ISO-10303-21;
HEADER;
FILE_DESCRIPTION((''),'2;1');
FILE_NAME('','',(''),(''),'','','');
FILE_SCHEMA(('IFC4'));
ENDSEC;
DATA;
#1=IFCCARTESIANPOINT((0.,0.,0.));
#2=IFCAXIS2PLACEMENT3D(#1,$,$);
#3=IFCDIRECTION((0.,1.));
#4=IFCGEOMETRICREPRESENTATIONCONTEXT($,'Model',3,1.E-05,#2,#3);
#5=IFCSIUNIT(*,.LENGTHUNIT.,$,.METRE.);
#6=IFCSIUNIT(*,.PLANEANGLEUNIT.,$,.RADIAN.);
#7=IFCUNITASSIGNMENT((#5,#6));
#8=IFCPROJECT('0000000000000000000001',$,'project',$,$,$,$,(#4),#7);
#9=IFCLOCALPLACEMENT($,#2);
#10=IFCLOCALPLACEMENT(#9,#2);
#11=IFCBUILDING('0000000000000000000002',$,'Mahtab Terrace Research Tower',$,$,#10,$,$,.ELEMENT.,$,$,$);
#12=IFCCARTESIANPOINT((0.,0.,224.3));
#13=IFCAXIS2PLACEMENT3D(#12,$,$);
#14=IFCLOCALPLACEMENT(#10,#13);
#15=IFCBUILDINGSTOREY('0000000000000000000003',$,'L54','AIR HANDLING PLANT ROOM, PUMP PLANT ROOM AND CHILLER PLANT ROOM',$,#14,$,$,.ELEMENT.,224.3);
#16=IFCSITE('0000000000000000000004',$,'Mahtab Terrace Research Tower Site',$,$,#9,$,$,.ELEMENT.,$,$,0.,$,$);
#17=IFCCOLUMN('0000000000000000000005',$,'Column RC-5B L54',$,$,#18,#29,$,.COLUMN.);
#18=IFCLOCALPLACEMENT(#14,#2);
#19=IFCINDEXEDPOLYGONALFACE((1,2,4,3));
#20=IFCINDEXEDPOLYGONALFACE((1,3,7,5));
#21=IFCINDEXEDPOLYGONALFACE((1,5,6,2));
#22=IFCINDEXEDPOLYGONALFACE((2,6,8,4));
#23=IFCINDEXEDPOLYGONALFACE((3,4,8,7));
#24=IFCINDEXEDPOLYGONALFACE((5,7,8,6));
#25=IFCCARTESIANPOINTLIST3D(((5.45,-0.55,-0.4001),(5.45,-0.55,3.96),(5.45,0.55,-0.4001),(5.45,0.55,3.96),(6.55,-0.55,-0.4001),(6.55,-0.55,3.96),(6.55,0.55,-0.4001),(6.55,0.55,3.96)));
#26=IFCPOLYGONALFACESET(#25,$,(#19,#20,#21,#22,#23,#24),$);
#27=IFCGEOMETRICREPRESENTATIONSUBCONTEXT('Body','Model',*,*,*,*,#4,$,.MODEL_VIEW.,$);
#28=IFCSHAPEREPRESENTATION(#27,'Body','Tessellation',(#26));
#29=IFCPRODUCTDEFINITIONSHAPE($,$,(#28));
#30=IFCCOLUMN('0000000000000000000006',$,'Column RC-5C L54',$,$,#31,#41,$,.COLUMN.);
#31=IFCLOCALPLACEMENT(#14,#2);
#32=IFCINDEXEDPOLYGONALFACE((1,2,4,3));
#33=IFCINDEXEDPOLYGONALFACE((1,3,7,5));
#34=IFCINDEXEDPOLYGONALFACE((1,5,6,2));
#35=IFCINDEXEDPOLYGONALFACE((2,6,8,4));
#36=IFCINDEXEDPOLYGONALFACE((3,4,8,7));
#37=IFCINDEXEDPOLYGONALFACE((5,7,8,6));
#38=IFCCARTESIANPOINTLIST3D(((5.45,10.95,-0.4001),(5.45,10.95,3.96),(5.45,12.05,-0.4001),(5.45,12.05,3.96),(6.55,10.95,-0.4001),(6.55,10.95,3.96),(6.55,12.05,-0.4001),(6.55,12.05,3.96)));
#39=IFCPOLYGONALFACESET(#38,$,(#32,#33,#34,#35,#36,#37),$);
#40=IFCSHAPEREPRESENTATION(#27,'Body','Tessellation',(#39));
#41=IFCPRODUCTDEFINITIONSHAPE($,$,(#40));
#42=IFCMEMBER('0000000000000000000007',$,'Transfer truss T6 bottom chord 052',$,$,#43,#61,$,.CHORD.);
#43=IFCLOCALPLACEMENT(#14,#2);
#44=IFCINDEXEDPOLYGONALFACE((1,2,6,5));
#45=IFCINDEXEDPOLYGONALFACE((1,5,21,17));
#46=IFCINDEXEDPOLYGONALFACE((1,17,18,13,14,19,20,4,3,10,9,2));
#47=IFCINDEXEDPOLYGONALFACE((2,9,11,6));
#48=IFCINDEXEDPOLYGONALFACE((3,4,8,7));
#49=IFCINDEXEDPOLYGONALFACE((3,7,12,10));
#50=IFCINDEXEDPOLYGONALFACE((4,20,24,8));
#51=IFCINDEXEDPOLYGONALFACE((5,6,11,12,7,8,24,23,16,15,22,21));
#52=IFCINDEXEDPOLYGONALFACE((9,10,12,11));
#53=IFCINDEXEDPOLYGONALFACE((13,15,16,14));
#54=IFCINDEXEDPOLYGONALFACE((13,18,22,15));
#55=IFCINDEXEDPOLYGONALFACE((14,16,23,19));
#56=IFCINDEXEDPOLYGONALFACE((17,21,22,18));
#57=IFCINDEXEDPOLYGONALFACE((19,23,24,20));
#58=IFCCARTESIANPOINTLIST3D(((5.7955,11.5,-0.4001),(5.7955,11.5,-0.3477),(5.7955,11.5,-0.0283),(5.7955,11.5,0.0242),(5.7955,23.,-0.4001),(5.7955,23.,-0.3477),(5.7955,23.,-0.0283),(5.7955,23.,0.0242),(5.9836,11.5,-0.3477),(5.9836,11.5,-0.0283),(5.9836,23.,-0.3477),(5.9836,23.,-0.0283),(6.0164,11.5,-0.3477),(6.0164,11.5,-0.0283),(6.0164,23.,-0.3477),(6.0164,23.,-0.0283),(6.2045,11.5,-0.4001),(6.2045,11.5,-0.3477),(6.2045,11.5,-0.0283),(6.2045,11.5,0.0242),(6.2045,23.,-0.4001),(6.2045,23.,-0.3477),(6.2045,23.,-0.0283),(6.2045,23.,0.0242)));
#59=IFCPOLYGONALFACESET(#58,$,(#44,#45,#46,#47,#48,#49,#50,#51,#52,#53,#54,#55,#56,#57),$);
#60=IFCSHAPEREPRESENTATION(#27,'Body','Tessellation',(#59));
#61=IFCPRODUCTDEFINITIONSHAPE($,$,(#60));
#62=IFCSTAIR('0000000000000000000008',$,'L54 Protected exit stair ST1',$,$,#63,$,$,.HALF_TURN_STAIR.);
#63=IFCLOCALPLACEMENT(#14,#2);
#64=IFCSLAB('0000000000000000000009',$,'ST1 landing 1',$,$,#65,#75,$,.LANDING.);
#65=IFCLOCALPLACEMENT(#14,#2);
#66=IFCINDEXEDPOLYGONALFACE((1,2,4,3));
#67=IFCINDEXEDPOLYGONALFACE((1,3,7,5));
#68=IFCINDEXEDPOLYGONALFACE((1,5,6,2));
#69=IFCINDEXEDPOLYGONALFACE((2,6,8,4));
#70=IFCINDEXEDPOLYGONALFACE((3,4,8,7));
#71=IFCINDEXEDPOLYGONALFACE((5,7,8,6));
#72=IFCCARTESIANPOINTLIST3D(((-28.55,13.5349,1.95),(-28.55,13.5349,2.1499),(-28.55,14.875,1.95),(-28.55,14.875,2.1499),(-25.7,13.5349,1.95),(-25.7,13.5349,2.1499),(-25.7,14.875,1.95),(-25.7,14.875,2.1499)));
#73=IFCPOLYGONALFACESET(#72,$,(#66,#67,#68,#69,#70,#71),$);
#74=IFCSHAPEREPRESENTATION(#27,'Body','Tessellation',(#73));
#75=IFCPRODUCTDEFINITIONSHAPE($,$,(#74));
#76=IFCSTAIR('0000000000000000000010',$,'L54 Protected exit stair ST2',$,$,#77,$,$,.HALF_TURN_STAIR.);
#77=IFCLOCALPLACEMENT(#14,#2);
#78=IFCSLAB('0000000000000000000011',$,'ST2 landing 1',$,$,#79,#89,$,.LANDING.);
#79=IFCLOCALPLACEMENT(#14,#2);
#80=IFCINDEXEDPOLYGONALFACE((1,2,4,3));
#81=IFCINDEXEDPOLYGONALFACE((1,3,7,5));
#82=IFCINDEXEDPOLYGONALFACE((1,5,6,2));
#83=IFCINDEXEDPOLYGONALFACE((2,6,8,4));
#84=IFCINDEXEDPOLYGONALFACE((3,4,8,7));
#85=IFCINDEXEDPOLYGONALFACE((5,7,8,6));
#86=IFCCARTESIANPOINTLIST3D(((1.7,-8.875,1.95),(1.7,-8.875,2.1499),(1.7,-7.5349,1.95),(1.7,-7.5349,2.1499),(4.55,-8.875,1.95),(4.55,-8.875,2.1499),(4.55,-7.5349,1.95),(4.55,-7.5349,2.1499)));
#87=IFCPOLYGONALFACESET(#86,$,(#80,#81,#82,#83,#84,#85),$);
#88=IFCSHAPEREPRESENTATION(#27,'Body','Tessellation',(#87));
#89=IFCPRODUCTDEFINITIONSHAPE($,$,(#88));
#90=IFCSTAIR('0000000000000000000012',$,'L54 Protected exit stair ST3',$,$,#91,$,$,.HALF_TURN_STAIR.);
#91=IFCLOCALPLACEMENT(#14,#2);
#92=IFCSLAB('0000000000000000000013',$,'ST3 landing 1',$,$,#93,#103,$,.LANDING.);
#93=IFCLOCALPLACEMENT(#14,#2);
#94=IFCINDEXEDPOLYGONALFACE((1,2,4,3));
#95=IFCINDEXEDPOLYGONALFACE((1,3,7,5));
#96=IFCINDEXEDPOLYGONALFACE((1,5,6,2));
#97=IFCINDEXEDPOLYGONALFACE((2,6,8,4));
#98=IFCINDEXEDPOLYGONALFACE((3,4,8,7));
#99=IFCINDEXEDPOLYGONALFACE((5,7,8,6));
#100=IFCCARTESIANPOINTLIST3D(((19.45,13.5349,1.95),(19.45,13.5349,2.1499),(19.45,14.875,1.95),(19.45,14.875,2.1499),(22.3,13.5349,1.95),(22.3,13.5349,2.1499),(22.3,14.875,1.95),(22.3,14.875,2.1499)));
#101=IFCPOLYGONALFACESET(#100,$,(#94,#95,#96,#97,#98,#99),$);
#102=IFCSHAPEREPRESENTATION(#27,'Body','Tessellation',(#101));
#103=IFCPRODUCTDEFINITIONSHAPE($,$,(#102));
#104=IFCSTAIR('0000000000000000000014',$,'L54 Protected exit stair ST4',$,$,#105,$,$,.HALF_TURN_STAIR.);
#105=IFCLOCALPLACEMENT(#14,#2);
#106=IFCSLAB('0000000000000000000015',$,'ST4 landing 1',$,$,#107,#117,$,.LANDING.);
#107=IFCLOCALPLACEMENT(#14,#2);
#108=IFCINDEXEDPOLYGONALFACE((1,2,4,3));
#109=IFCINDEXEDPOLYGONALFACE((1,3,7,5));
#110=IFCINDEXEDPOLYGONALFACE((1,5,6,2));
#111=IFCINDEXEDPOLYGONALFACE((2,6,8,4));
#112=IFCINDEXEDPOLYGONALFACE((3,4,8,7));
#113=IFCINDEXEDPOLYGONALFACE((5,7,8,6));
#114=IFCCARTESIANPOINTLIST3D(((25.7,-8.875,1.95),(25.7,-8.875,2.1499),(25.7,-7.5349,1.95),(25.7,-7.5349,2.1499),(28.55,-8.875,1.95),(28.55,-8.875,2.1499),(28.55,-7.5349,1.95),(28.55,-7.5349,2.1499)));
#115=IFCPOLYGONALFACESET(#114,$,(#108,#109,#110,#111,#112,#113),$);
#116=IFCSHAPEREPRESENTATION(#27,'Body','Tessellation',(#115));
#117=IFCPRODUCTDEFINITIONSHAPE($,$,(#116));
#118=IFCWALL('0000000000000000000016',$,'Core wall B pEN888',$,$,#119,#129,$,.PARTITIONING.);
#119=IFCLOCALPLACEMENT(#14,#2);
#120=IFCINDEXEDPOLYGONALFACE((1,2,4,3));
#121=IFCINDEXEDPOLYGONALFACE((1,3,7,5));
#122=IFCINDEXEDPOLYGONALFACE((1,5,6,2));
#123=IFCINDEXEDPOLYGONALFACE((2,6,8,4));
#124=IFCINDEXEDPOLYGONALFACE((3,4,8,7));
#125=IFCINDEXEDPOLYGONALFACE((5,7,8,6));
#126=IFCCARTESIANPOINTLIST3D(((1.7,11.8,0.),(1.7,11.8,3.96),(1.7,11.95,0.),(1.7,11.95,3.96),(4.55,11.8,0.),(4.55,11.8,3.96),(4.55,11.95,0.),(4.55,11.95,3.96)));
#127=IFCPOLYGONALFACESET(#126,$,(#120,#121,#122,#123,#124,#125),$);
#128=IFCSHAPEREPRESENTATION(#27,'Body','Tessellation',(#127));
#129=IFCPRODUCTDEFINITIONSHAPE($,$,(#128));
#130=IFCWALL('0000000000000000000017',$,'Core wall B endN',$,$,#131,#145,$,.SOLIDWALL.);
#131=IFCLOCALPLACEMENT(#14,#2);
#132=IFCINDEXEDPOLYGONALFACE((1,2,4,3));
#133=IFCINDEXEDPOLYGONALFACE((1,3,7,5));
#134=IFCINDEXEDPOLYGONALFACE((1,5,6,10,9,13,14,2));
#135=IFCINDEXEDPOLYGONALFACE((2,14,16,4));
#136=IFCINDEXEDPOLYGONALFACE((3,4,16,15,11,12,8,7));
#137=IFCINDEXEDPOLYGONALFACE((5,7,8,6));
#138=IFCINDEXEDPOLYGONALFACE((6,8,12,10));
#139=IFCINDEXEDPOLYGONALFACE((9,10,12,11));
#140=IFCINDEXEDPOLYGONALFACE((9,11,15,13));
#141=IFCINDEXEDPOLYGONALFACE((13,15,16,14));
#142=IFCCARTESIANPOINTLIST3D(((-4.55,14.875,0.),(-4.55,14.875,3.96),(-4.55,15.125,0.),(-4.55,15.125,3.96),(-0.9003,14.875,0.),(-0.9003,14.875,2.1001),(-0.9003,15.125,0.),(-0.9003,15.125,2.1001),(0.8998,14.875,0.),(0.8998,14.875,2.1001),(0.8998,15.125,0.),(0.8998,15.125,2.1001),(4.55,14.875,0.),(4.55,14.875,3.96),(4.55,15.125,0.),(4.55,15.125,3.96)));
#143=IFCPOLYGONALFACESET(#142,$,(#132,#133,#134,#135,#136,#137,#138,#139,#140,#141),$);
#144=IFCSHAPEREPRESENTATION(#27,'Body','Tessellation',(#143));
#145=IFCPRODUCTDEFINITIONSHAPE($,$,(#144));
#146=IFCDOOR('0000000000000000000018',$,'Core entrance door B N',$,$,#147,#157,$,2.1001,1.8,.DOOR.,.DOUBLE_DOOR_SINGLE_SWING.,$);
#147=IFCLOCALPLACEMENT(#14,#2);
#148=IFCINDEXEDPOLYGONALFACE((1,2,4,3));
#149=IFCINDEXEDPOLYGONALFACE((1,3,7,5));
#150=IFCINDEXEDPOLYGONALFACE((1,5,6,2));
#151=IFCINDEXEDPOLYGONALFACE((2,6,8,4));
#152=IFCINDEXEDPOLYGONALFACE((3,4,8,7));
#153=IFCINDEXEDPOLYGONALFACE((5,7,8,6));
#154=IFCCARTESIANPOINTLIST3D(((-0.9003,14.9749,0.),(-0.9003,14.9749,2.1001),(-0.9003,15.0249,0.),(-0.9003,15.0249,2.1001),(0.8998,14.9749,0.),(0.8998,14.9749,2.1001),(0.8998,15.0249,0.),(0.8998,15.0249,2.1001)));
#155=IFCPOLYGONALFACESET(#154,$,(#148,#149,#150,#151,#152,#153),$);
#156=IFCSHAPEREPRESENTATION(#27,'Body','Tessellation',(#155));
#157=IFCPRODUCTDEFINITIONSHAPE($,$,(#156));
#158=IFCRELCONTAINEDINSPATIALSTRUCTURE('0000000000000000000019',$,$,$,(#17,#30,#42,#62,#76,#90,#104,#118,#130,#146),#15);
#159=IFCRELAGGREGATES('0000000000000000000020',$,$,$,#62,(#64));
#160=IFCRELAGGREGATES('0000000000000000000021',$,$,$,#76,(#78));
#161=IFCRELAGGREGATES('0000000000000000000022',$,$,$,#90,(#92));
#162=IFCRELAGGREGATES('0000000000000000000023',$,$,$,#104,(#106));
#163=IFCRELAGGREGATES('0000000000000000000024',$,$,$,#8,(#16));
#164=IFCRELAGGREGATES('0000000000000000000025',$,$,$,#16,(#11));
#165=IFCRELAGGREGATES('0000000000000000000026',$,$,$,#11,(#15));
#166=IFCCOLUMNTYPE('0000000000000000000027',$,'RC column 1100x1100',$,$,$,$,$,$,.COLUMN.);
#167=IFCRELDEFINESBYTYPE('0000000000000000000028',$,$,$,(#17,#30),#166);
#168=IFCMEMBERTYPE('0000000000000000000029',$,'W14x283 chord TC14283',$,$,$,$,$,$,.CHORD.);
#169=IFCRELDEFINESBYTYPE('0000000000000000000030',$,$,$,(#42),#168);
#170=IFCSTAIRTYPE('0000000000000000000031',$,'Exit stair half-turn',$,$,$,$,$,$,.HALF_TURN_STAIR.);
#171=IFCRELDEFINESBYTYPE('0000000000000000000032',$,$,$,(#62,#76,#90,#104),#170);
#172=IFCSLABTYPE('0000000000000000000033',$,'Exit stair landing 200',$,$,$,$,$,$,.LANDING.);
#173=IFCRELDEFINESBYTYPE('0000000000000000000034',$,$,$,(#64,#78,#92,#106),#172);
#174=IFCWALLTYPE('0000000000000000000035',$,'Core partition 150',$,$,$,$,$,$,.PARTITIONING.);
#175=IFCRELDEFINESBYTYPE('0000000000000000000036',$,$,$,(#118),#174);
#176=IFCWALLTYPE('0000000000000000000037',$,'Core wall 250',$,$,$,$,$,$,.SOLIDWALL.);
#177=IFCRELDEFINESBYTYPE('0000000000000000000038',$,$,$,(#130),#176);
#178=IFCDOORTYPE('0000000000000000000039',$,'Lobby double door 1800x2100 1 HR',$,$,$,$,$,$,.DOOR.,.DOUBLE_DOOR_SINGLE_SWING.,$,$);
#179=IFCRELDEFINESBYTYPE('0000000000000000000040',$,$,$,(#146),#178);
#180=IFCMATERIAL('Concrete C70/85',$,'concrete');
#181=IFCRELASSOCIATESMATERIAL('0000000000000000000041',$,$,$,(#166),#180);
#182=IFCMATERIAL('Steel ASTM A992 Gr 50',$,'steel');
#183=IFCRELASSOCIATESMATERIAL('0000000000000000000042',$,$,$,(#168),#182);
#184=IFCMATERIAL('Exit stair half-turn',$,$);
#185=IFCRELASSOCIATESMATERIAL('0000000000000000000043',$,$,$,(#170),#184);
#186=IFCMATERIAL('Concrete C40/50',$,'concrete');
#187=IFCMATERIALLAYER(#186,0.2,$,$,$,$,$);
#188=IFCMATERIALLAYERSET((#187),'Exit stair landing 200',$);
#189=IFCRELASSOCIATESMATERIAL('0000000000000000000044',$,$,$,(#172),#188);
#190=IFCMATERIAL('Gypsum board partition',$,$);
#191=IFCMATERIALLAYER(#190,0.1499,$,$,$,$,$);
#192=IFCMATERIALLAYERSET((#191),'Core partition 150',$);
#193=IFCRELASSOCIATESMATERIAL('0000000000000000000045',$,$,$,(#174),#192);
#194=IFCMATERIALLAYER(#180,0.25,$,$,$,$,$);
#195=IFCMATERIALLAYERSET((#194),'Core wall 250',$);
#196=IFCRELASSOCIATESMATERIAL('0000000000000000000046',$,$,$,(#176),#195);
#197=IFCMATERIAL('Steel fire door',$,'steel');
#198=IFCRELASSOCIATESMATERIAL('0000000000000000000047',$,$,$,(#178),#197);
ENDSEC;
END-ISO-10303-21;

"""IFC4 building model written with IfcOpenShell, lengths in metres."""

from ifc_helpers import new_model, si_unit, direction, frame, frame_2d, origin, origin_2d, place, context, subcontext, project, spatial, polyline, rectangle, i_section, outline, extrude, material, layer, layer_set, material_profile, profile_set, type_object, element, fill, aggregate, save


model = new_model("IFC4")

# Units and contexts
model_context = context("Model", 3, precision=1e-05, world=origin(), true_north=direction((0.0, 1.0)))
body_context = subcontext(model_context, "Body", "Model", "MODEL_VIEW")
ifc_project = project(units=[si_unit("LENGTHUNIT", "METRE"), si_unit("PLANEANGLEUNIT", "RADIAN")], contexts=[model_context])

# Site, building, storey
site_placement = place(None, origin())
site = spatial("IfcSite", under=ifc_project, at=site_placement, Name="Mahtab Terrace Research Tower Site", CompositionType="ELEMENT", RefElevation=0.0)
building_placement = place(site_placement, origin())
building = spatial("IfcBuilding", under=site, at=building_placement, Name="Mahtab Terrace Research Tower", CompositionType="ELEMENT")
storey_placement = place(building_placement, frame((0.0, 0.0, 224.3)))
storey = spatial("IfcBuildingStorey", under=building, at=storey_placement, Name="L54", Description="AIR HANDLING PLANT ROOM, PUMP PLANT ROOM AND CHILLER PLANT ROOM", CompositionType="ELEMENT", Elevation=224.3)

# Columns
ifc_material_1 = material(Name="Concrete C70/85", Category="concrete")
ifc_material_profile_1 = material_profile(ifc_material_1, rectangle(XDim=1.1001, YDim=1.1001, at=origin_2d()), Name="RC column 1100x1100")
ifc_profile_set_1 = profile_set([ifc_material_profile_1], Name="Concrete C70/85")
column_type = type_object("IfcColumnType", Name="RC column 1100x1100", PredefinedType="COLUMN", material=ifc_profile_set_1)
for number, where, z_axis, x_axis, name in (
    (1, (6.0, 0.0, -0.4001), (0.0, 0.0, 1.0), (1.0, 0.0, 0.0), "Column RC-5B L54"),
    (2, (6.0, 11.5, -0.4001), (0.0, 0.0, 1.0), (1.0, 0.0, 0.0), "Column RC-5C L54"),
):
    element("IfcColumn", number, at=place(storey_placement, frame(where, z_axis=z_axis, x_axis=x_axis)), inside=storey, type_object=column_type, Name=name, PredefinedType="COLUMN", context=body_context, shape_type="SweptSolid", body=[
        extrude(rectangle(XDim=1.1001, YDim=1.1001, at=origin_2d()), origin(), (0.0, 0.0, 1.0), 4.3601),
    ])

# Member
ifc_material_2 = material(Name="Steel ASTM A992 Gr 50", Category="steel")
ifc_material_profile_2 = material_profile(ifc_material_2, i_section(OverallWidth=0.4089, OverallDepth=0.4243, WebThickness=0.0327, FlangeThickness=0.0525, at=origin_2d()), Name="W14X283")
ifc_profile_set_2 = profile_set([ifc_material_profile_2], Name="Steel ASTM A992 Gr 50")
member_type = type_object("IfcMemberType", Name="W14x283 chord TC14283", PredefinedType="CHORD", material=ifc_profile_set_2)
member_placement = place(storey_placement, frame((6.0, 11.5, -0.188), z_axis=(0.0, 1.0, 0.0), x_axis=(-1.0, 0.0, 0.0)))
element("IfcMember", 3, at=member_placement, inside=storey, type_object=member_type, Name="Transfer truss T6 bottom chord 052", PredefinedType="CHORD", context=body_context, shape_type="SweptSolid", body=[
    extrude(i_section(OverallWidth=0.4089, OverallDepth=0.4243, WebThickness=0.0327, FlangeThickness=0.0525, at=origin_2d()), origin(), (0.0, 0.0, 1.0), 11.5),
])

# Stairs, slabs
ifc_material_3 = material(Name="Exit stair half-turn")
stair_type = type_object("IfcStairType", Name="Exit stair half-turn", PredefinedType="HALF_TURN_STAIR", material=ifc_material_3)
stair_1_placement = place(storey_placement, origin())
stair_1 = element("IfcStair", 4, at=stair_1_placement, inside=storey, type_object=stair_type, Name="L54 Protected exit stair ST1", PredefinedType="HALF_TURN_STAIR")
ifc_material_4 = material(Name="Concrete C40/50", Category="concrete")
ifc_layer_1 = layer(ifc_material_4, 0.2)
ifc_layer_set_1 = layer_set([ifc_layer_1], Name="Exit stair landing 200")
slab_type = type_object("IfcSlabType", Name="Exit stair landing 200", PredefinedType="LANDING", material=ifc_layer_set_1)
slab_1_placement = place(storey_placement, frame((0.0, 0.0, 1.95)))
slab_1 = element("IfcSlab", 5, at=slab_1_placement, type_object=slab_type, Name="ST1 landing 1", PredefinedType="LANDING", context=body_context, shape_type="SweptSolid", body=[
    extrude(outline(polyline([(-25.7, 13.5349), (-25.7, 14.875), (-28.55, 14.875), (-28.55, 13.5349), (-25.7, 13.5349)])), origin(), (0.0, 0.0, 1.0), 0.2),
])
aggregate(stair_1, [slab_1])
stair_2_placement = place(storey_placement, origin())
stair_2 = element("IfcStair", 6, at=stair_2_placement, inside=storey, type_object=stair_type, Name="L54 Protected exit stair ST2", PredefinedType="HALF_TURN_STAIR")
slab_2_placement = place(storey_placement, frame((0.0, 0.0, 1.95)))
slab_2 = element("IfcSlab", 7, at=slab_2_placement, type_object=slab_type, Name="ST2 landing 1", PredefinedType="LANDING", context=body_context, shape_type="SweptSolid", body=[
    extrude(outline(polyline([(1.7, -7.5349), (1.7, -8.875), (4.55, -8.875), (4.55, -7.5349), (1.7, -7.5349)])), origin(), (0.0, 0.0, 1.0), 0.2),
])
aggregate(stair_2, [slab_2])
stair_3_placement = place(storey_placement, origin())
stair_3 = element("IfcStair", 8, at=stair_3_placement, inside=storey, type_object=stair_type, Name="L54 Protected exit stair ST3", PredefinedType="HALF_TURN_STAIR")
slab_3_placement = place(storey_placement, frame((0.0, 0.0, 1.95)))
slab_3 = element("IfcSlab", 9, at=slab_3_placement, type_object=slab_type, Name="ST3 landing 1", PredefinedType="LANDING", context=body_context, shape_type="SweptSolid", body=[
    extrude(outline(polyline([(22.3, 13.5349), (22.3, 14.875), (19.45, 14.875), (19.45, 13.5349), (22.3, 13.5349)])), origin(), (0.0, 0.0, 1.0), 0.2),
])
aggregate(stair_3, [slab_3])
stair_4_placement = place(storey_placement, origin())
stair_4 = element("IfcStair", 10, at=stair_4_placement, inside=storey, type_object=stair_type, Name="L54 Protected exit stair ST4", PredefinedType="HALF_TURN_STAIR")
slab_4_placement = place(storey_placement, frame((0.0, 0.0, 1.95)))
slab_4 = element("IfcSlab", 11, at=slab_4_placement, type_object=slab_type, Name="ST4 landing 1", PredefinedType="LANDING", context=body_context, shape_type="SweptSolid", body=[
    extrude(outline(polyline([(25.7, -7.5349), (25.7, -8.875), (28.55, -8.875), (28.55, -7.5349), (25.7, -7.5349)])), origin(), (0.0, 0.0, 1.0), 0.2),
])
aggregate(stair_4, [slab_4])

# Wall
ifc_material_5 = material(Name="Gypsum board partition")
ifc_layer_2 = layer(ifc_material_5, 0.1499)
ifc_layer_set_2 = layer_set([ifc_layer_2], Name="Core partition 150")
wall_type_1 = type_object("IfcWallType", Name="Core partition 150", PredefinedType="PARTITIONING", material=ifc_layer_set_2)
wall_1_placement = place(storey_placement, frame((1.7, 11.875, 0.0), z_axis=(0.0, 0.0, 1.0), x_axis=(1.0, 0.0, 0.0)))
element("IfcWall", 12, at=wall_1_placement, inside=storey, type_object=wall_type_1, Name="Core wall B pEN888", PredefinedType="PARTITIONING", context=body_context, shape_type="SweptSolid", body=[
    extrude(rectangle(XDim=2.8501, YDim=0.1499, at=frame_2d((1.425, 0.0))), origin(), (0.0, 0.0, 1.0), 3.96),
])

# Wall, opening, door
ifc_layer_3 = layer(ifc_material_1, 0.25)
ifc_layer_set_3 = layer_set([ifc_layer_3], Name="Core wall 250")
wall_type_2 = type_object("IfcWallType", Name="Core wall 250", PredefinedType="SOLIDWALL", material=ifc_layer_set_3)
wall_2_placement = place(storey_placement, frame((-4.55, 15.0, 0.0), z_axis=(0.0, 0.0, 1.0), x_axis=(1.0, 0.0, 0.0)))
wall_2 = element("IfcWall", 13, at=wall_2_placement, inside=storey, type_object=wall_type_2, Name="Core wall B endN", PredefinedType="SOLIDWALL", context=body_context, shape_type="SweptSolid", body=[
    extrude(rectangle(XDim=9.1001, YDim=0.25, at=frame_2d((4.55, 0.0))), origin(), (0.0, 0.0, 1.0), 3.96),
])
opening_1_placement = place(wall_2_placement, frame((3.6499, 0.0, 0.0)))
opening_1 = element("IfcOpeningElement", 14, at=opening_1_placement, cuts=wall_2, PredefinedType="OPENING", context=body_context, shape_type="SweptSolid", body=[
    extrude(rectangle(XDim=1.8, YDim=2.1001, at=frame_2d((0.8999, 1.05))), frame((0.0, 0.135, 0.0), z_axis=(0.0, -1.0, 0.0), x_axis=(1.0, 0.0, 0.0)), (0.0, 0.0, 1.0), 0.27),
])
ifc_material_6 = material(Name="Steel fire door", Category="steel")
door_type_1 = type_object("IfcDoorType", Name="Lobby double door 1800x2100 1 HR", OperationType="DOUBLE_DOOR_SINGLE_SWING", PredefinedType="DOOR", material=ifc_material_6)
door_1_placement = place(opening_1_placement, origin())
door_1 = element("IfcDoor", 15, at=door_1_placement, inside=storey, type_object=door_type_1, Name="Core entrance door B N", OperationType="DOUBLE_DOOR_SINGLE_SWING", OverallHeight=2.1001, OverallWidth=1.8, PredefinedType="DOOR", context=body_context, shape_type="SweptSolid", body=[
    extrude(rectangle(XDim=1.8, YDim=2.1001, at=frame_2d((0.8999, 1.05))), frame((0.0, 0.0249, 0.0), z_axis=(0.0, -1.0, 0.0), x_axis=(1.0, 0.0, 0.0)), (0.0, 0.0, 1.0), 0.05),
])
fill(opening_1, door_1)

save(model, "model.ifc")
